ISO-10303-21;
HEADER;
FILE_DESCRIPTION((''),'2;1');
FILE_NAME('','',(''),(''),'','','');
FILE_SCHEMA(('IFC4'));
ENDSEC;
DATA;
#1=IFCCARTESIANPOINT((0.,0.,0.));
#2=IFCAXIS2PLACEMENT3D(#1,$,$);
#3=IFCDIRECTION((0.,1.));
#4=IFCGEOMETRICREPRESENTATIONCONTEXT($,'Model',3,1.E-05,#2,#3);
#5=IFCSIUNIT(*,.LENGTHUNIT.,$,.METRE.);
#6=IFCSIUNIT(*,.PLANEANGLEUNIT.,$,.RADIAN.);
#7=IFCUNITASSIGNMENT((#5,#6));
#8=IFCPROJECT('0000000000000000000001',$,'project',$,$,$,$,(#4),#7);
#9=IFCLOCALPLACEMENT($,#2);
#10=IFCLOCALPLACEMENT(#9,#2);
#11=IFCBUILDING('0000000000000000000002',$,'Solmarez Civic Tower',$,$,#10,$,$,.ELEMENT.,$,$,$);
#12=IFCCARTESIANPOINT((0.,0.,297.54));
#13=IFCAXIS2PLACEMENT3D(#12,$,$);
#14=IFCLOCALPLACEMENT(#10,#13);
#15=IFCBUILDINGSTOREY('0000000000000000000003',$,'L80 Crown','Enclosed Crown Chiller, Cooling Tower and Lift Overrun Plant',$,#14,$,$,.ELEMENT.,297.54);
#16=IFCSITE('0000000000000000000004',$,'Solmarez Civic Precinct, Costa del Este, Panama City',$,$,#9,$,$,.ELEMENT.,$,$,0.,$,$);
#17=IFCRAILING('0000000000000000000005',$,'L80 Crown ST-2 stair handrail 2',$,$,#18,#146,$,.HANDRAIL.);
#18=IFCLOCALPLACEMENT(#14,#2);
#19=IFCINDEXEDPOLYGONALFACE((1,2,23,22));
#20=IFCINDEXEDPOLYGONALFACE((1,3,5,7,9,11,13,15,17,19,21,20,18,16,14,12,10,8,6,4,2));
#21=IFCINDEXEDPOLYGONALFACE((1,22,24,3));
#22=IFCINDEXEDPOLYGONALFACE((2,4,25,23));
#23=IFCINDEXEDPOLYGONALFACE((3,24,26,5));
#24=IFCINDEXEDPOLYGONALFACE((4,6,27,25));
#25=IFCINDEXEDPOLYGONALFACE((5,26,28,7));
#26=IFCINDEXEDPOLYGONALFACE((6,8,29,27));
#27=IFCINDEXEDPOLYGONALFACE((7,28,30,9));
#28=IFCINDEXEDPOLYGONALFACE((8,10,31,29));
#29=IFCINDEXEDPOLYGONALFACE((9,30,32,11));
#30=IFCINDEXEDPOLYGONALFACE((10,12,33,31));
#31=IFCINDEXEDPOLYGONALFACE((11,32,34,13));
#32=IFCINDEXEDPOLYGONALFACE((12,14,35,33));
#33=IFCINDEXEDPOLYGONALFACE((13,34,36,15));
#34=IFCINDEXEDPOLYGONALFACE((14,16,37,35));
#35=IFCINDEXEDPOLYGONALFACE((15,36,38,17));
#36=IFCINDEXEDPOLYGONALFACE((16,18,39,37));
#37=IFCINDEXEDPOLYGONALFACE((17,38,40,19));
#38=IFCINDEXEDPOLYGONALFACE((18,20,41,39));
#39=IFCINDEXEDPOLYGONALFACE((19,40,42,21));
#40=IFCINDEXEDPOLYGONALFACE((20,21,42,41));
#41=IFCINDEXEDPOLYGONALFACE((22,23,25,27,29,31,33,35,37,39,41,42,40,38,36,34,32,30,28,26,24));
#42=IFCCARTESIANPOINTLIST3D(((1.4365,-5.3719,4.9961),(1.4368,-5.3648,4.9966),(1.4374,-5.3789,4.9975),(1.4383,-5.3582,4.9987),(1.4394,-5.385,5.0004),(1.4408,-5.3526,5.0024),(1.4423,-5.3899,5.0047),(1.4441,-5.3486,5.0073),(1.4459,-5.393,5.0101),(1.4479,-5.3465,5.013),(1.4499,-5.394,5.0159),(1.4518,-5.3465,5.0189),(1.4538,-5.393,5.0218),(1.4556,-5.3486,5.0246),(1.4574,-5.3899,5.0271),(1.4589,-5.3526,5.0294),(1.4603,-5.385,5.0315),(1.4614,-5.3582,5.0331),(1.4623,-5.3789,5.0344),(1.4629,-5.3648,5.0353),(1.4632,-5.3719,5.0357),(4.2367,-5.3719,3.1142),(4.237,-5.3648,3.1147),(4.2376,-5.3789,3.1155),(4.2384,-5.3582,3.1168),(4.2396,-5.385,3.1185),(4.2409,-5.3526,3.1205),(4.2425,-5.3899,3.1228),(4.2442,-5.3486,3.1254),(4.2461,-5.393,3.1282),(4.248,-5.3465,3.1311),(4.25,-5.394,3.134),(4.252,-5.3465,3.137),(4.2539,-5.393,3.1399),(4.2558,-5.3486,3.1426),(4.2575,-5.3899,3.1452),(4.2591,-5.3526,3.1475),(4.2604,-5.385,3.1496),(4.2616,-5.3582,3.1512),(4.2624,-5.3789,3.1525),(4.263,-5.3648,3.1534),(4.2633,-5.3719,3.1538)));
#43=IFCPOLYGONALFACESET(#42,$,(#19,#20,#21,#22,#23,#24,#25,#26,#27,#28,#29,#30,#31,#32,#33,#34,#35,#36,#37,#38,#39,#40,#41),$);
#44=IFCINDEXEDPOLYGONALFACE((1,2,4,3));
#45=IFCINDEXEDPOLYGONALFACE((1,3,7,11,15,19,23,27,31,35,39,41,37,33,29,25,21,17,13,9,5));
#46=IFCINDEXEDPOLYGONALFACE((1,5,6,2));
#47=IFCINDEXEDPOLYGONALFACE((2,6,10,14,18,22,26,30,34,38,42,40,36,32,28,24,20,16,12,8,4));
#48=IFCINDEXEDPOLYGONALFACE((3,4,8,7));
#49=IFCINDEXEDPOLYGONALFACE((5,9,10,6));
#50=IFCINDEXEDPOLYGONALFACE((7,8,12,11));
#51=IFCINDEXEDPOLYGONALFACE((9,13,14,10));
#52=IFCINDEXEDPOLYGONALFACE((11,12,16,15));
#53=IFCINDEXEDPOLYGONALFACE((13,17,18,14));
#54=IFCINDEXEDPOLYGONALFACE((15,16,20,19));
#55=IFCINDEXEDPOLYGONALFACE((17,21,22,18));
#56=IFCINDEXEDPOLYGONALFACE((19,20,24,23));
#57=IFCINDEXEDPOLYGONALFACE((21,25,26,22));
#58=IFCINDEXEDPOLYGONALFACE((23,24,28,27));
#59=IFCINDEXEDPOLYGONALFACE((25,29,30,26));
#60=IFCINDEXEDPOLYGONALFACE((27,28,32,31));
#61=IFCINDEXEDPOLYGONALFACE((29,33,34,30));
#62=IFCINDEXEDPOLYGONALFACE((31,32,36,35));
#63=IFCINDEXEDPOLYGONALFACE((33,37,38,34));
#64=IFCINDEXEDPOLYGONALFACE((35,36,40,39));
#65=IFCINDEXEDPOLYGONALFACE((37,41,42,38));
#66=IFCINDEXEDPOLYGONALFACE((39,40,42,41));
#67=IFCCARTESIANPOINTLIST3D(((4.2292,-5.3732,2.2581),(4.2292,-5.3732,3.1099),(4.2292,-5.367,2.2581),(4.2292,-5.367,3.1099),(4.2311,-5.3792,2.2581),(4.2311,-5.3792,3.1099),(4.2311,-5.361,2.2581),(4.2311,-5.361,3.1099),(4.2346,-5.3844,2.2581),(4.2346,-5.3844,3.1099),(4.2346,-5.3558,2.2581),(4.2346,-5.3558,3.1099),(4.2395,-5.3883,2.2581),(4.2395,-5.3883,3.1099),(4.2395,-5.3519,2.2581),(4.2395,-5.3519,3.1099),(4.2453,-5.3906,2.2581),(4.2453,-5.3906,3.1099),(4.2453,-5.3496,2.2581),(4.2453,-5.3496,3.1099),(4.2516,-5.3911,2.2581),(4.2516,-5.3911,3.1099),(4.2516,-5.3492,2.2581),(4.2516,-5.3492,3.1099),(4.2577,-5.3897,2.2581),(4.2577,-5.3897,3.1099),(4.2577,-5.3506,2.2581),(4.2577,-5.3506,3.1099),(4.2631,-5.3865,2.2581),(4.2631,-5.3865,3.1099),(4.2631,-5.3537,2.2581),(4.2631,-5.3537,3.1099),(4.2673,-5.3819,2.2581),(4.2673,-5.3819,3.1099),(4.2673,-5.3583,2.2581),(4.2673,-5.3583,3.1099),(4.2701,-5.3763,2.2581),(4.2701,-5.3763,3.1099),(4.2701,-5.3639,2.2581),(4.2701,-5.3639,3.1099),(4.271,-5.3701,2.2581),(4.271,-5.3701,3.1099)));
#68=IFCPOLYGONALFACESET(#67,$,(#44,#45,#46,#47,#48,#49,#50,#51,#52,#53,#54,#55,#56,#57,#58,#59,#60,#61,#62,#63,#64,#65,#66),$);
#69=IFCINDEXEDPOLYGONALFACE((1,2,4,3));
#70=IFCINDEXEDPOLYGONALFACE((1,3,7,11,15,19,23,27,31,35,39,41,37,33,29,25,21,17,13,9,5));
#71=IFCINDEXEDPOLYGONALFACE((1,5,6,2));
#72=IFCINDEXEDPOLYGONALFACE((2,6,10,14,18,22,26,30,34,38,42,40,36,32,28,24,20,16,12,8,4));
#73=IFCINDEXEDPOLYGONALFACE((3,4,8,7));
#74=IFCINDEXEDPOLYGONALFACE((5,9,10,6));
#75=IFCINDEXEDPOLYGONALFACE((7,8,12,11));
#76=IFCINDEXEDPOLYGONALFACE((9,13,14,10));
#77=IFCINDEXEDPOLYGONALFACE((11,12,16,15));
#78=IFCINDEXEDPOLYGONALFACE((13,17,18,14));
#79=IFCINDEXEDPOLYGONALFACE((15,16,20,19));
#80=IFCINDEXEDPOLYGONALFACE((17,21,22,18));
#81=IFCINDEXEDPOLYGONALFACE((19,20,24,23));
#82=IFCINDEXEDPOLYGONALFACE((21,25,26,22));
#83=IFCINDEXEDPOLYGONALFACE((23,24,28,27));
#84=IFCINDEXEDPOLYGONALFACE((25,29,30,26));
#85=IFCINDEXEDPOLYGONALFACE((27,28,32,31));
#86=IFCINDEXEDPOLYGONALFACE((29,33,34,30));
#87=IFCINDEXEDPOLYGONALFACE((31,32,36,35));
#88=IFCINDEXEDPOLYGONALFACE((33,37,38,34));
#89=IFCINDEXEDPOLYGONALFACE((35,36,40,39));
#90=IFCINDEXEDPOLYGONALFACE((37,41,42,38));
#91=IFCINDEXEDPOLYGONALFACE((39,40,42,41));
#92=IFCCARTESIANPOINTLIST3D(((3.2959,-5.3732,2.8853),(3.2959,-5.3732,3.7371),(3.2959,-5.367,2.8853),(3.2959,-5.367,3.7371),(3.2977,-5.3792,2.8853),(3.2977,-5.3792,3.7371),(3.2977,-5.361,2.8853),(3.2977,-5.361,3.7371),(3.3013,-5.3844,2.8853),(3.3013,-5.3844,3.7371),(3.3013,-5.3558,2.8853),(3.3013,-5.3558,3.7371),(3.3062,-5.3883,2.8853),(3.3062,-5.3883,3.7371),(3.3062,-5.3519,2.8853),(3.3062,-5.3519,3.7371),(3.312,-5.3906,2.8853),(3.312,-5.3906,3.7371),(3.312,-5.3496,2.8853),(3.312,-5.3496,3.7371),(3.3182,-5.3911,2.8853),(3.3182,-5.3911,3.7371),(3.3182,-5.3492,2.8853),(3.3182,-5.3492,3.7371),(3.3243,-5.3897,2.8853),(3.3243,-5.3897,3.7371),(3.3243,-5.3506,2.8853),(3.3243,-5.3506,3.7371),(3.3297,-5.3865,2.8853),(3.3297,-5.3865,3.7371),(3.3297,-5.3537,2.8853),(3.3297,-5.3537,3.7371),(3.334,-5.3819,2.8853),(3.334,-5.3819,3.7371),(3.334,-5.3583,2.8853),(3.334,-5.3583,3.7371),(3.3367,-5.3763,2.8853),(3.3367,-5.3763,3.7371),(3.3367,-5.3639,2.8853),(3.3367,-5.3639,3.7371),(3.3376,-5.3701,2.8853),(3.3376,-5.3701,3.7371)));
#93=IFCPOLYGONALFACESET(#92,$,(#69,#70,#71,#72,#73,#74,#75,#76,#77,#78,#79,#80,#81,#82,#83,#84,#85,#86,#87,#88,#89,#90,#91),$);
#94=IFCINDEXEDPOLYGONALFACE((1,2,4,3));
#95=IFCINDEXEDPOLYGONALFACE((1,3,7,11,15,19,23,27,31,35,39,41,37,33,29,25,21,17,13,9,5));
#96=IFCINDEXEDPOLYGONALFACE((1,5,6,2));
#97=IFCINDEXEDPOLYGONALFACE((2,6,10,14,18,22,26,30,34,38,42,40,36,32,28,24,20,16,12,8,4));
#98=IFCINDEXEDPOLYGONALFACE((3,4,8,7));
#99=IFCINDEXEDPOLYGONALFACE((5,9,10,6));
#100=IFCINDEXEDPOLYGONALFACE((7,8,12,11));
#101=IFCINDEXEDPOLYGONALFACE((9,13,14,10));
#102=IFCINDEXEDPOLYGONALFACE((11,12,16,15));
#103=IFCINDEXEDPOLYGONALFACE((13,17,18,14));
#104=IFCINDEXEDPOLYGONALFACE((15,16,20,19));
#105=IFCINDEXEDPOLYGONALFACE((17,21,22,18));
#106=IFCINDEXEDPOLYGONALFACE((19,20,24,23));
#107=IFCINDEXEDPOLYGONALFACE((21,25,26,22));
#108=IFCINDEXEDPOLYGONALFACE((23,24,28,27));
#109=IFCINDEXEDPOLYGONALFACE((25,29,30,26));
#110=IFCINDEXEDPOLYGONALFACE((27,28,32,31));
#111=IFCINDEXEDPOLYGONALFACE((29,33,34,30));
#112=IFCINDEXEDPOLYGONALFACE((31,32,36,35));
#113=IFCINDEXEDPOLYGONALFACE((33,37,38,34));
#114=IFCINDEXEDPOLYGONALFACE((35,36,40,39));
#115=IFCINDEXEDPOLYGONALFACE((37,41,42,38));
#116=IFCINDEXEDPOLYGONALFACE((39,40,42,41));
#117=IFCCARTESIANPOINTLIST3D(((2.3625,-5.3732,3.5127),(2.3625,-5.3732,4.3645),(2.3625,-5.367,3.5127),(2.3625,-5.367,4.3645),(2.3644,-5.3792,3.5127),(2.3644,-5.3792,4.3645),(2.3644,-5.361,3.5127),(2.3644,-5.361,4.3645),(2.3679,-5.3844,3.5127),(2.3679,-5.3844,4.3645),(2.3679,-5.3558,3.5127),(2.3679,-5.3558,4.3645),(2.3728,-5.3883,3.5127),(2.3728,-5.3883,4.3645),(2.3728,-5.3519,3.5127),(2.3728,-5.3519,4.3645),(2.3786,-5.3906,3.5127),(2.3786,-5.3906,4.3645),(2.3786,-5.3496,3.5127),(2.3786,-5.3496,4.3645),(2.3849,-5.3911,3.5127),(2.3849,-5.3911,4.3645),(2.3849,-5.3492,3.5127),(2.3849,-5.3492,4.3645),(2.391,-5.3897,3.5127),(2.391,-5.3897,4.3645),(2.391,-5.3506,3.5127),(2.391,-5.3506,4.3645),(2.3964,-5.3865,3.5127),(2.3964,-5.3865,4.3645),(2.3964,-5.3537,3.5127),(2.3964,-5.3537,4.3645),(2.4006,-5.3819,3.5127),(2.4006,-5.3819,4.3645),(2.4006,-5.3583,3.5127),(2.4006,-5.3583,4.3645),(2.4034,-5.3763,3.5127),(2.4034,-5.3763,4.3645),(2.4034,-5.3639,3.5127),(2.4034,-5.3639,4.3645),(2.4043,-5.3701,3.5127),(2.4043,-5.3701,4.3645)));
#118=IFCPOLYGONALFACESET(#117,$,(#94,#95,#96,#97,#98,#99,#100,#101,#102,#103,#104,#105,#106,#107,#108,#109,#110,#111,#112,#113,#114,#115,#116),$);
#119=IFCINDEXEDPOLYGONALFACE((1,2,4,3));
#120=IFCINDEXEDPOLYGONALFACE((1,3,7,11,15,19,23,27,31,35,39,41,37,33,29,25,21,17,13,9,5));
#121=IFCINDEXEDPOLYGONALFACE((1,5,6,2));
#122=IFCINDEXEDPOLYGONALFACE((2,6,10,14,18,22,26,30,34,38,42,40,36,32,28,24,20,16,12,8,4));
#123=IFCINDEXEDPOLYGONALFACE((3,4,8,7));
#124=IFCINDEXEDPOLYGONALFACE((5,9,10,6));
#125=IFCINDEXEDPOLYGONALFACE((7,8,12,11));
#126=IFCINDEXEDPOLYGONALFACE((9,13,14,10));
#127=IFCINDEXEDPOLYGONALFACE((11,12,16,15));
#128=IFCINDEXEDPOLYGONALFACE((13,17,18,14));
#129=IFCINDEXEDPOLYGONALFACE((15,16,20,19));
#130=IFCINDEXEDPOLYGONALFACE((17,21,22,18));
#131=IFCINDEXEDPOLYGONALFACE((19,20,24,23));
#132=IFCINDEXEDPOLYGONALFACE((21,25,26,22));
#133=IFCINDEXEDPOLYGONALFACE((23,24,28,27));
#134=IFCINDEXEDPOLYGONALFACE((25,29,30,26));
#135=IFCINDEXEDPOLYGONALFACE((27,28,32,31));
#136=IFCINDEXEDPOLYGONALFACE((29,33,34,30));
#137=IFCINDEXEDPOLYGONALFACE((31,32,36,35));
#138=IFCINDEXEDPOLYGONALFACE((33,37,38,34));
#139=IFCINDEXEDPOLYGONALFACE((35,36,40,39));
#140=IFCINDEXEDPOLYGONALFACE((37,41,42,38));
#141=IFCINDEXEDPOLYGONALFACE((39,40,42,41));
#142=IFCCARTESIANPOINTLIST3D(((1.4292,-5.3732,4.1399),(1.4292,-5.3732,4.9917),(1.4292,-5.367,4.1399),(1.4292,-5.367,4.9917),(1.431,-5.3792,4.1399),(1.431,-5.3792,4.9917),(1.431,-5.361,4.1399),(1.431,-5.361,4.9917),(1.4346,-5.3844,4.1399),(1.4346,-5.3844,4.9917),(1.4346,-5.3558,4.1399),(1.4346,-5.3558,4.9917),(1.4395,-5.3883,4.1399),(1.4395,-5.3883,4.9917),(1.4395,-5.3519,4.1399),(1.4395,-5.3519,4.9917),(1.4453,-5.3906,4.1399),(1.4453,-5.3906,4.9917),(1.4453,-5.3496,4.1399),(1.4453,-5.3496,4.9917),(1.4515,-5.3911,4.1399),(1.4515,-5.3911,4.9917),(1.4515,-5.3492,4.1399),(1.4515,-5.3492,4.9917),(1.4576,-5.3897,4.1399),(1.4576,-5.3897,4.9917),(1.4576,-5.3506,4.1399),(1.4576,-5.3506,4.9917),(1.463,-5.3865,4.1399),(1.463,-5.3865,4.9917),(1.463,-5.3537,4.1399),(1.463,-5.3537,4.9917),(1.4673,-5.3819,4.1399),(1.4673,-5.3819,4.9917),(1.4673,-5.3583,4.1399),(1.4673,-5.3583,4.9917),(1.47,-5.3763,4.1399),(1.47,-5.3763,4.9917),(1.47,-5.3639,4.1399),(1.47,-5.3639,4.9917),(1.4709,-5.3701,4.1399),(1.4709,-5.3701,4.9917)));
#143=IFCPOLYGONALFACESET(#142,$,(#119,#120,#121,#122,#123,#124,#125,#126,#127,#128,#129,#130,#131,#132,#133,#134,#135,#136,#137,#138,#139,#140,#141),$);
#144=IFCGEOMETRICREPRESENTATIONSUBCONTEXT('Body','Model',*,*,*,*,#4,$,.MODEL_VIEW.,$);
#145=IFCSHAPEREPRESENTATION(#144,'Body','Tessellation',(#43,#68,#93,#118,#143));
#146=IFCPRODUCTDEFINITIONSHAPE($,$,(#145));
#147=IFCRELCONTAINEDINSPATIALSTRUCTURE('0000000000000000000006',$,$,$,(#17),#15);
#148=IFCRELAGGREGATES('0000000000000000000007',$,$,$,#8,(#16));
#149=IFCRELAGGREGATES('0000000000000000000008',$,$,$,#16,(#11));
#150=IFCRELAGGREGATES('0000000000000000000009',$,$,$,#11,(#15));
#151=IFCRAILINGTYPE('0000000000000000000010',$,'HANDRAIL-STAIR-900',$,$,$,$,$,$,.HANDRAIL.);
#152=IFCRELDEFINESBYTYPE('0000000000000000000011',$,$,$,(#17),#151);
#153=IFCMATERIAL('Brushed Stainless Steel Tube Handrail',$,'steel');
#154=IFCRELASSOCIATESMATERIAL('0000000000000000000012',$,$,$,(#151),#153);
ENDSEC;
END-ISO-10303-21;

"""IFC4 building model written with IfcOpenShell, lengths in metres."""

from ifc_helpers import new_model, si_unit, direction, frame, origin, origin_2d, place, context, subcontext, project, spatial, circle, extrude, material, type_object, element, save


model = new_model("IFC4")

# Units and contexts
model_context = context("Model", 3, precision=1e-05, world=origin(), true_north=direction((0.0, 1.0)))
body_context = subcontext(model_context, "Body", "Model", "MODEL_VIEW")
ifc_project = project(units=[si_unit("LENGTHUNIT", "METRE"), si_unit("PLANEANGLEUNIT", "RADIAN")], contexts=[model_context])

# Site, building, storey
site_placement = place(None, origin())
site = spatial("IfcSite", under=ifc_project, at=site_placement, Name="Solmarez Civic Precinct, Costa del Este, Panama City", CompositionType="ELEMENT", RefElevation=0.0)
building_placement = place(site_placement, origin())
building = spatial("IfcBuilding", under=site, at=building_placement, Name="Solmarez Civic Tower", CompositionType="ELEMENT")
storey_placement = place(building_placement, frame((0.0, 0.0, 297.54)))
storey = spatial("IfcBuildingStorey", under=building, at=storey_placement, Name="L80 Crown", Description="Enclosed Crown Chiller, Cooling Tower and Lift Overrun Plant", CompositionType="ELEMENT", Elevation=297.54)

# Railing
ifc_material_1 = material(Name="Brushed Stainless Steel Tube Handrail", Category="steel")
railing_type = type_object("IfcRailingType", Name="HANDRAIL-STAIR-900", PredefinedType="HANDRAIL", material=ifc_material_1)
railing_placement = place(storey_placement, frame((4.25, -5.3701, 2.2581)))
element("IfcRailing", 1, at=railing_placement, inside=storey, type_object=railing_type, Name="L80 Crown ST-2 stair handrail 2", PredefinedType="HANDRAIL", context=body_context, shape_type="SweptSolid", body=[
    extrude(circle(Radius=0.0239, at=origin_2d()), frame((0.0, 0.0, 0.876), z_axis=(-0.829974, 0.0, 0.557803), x_axis=(0.0, -1.0, 0.0)), (0.0, 0.0, 1.0), 3.3738),
    extrude(circle(Radius=0.021, at=origin_2d()), origin(), (0.0, 0.0, 1.0), 0.8518),
    extrude(circle(Radius=0.021, at=origin_2d()), frame((-0.9333, 0.0, 0.6272)), (0.0, 0.0, 1.0), 0.8518),
    extrude(circle(Radius=0.021, at=origin_2d()), frame((-1.8667, 0.0, 1.2546)), (0.0, 0.0, 1.0), 0.8518),
    extrude(circle(Radius=0.021, at=origin_2d()), frame((-2.8, 0.0, 1.8818)), (0.0, 0.0, 1.0), 0.8518),
])

save(model, "model.ifc")
